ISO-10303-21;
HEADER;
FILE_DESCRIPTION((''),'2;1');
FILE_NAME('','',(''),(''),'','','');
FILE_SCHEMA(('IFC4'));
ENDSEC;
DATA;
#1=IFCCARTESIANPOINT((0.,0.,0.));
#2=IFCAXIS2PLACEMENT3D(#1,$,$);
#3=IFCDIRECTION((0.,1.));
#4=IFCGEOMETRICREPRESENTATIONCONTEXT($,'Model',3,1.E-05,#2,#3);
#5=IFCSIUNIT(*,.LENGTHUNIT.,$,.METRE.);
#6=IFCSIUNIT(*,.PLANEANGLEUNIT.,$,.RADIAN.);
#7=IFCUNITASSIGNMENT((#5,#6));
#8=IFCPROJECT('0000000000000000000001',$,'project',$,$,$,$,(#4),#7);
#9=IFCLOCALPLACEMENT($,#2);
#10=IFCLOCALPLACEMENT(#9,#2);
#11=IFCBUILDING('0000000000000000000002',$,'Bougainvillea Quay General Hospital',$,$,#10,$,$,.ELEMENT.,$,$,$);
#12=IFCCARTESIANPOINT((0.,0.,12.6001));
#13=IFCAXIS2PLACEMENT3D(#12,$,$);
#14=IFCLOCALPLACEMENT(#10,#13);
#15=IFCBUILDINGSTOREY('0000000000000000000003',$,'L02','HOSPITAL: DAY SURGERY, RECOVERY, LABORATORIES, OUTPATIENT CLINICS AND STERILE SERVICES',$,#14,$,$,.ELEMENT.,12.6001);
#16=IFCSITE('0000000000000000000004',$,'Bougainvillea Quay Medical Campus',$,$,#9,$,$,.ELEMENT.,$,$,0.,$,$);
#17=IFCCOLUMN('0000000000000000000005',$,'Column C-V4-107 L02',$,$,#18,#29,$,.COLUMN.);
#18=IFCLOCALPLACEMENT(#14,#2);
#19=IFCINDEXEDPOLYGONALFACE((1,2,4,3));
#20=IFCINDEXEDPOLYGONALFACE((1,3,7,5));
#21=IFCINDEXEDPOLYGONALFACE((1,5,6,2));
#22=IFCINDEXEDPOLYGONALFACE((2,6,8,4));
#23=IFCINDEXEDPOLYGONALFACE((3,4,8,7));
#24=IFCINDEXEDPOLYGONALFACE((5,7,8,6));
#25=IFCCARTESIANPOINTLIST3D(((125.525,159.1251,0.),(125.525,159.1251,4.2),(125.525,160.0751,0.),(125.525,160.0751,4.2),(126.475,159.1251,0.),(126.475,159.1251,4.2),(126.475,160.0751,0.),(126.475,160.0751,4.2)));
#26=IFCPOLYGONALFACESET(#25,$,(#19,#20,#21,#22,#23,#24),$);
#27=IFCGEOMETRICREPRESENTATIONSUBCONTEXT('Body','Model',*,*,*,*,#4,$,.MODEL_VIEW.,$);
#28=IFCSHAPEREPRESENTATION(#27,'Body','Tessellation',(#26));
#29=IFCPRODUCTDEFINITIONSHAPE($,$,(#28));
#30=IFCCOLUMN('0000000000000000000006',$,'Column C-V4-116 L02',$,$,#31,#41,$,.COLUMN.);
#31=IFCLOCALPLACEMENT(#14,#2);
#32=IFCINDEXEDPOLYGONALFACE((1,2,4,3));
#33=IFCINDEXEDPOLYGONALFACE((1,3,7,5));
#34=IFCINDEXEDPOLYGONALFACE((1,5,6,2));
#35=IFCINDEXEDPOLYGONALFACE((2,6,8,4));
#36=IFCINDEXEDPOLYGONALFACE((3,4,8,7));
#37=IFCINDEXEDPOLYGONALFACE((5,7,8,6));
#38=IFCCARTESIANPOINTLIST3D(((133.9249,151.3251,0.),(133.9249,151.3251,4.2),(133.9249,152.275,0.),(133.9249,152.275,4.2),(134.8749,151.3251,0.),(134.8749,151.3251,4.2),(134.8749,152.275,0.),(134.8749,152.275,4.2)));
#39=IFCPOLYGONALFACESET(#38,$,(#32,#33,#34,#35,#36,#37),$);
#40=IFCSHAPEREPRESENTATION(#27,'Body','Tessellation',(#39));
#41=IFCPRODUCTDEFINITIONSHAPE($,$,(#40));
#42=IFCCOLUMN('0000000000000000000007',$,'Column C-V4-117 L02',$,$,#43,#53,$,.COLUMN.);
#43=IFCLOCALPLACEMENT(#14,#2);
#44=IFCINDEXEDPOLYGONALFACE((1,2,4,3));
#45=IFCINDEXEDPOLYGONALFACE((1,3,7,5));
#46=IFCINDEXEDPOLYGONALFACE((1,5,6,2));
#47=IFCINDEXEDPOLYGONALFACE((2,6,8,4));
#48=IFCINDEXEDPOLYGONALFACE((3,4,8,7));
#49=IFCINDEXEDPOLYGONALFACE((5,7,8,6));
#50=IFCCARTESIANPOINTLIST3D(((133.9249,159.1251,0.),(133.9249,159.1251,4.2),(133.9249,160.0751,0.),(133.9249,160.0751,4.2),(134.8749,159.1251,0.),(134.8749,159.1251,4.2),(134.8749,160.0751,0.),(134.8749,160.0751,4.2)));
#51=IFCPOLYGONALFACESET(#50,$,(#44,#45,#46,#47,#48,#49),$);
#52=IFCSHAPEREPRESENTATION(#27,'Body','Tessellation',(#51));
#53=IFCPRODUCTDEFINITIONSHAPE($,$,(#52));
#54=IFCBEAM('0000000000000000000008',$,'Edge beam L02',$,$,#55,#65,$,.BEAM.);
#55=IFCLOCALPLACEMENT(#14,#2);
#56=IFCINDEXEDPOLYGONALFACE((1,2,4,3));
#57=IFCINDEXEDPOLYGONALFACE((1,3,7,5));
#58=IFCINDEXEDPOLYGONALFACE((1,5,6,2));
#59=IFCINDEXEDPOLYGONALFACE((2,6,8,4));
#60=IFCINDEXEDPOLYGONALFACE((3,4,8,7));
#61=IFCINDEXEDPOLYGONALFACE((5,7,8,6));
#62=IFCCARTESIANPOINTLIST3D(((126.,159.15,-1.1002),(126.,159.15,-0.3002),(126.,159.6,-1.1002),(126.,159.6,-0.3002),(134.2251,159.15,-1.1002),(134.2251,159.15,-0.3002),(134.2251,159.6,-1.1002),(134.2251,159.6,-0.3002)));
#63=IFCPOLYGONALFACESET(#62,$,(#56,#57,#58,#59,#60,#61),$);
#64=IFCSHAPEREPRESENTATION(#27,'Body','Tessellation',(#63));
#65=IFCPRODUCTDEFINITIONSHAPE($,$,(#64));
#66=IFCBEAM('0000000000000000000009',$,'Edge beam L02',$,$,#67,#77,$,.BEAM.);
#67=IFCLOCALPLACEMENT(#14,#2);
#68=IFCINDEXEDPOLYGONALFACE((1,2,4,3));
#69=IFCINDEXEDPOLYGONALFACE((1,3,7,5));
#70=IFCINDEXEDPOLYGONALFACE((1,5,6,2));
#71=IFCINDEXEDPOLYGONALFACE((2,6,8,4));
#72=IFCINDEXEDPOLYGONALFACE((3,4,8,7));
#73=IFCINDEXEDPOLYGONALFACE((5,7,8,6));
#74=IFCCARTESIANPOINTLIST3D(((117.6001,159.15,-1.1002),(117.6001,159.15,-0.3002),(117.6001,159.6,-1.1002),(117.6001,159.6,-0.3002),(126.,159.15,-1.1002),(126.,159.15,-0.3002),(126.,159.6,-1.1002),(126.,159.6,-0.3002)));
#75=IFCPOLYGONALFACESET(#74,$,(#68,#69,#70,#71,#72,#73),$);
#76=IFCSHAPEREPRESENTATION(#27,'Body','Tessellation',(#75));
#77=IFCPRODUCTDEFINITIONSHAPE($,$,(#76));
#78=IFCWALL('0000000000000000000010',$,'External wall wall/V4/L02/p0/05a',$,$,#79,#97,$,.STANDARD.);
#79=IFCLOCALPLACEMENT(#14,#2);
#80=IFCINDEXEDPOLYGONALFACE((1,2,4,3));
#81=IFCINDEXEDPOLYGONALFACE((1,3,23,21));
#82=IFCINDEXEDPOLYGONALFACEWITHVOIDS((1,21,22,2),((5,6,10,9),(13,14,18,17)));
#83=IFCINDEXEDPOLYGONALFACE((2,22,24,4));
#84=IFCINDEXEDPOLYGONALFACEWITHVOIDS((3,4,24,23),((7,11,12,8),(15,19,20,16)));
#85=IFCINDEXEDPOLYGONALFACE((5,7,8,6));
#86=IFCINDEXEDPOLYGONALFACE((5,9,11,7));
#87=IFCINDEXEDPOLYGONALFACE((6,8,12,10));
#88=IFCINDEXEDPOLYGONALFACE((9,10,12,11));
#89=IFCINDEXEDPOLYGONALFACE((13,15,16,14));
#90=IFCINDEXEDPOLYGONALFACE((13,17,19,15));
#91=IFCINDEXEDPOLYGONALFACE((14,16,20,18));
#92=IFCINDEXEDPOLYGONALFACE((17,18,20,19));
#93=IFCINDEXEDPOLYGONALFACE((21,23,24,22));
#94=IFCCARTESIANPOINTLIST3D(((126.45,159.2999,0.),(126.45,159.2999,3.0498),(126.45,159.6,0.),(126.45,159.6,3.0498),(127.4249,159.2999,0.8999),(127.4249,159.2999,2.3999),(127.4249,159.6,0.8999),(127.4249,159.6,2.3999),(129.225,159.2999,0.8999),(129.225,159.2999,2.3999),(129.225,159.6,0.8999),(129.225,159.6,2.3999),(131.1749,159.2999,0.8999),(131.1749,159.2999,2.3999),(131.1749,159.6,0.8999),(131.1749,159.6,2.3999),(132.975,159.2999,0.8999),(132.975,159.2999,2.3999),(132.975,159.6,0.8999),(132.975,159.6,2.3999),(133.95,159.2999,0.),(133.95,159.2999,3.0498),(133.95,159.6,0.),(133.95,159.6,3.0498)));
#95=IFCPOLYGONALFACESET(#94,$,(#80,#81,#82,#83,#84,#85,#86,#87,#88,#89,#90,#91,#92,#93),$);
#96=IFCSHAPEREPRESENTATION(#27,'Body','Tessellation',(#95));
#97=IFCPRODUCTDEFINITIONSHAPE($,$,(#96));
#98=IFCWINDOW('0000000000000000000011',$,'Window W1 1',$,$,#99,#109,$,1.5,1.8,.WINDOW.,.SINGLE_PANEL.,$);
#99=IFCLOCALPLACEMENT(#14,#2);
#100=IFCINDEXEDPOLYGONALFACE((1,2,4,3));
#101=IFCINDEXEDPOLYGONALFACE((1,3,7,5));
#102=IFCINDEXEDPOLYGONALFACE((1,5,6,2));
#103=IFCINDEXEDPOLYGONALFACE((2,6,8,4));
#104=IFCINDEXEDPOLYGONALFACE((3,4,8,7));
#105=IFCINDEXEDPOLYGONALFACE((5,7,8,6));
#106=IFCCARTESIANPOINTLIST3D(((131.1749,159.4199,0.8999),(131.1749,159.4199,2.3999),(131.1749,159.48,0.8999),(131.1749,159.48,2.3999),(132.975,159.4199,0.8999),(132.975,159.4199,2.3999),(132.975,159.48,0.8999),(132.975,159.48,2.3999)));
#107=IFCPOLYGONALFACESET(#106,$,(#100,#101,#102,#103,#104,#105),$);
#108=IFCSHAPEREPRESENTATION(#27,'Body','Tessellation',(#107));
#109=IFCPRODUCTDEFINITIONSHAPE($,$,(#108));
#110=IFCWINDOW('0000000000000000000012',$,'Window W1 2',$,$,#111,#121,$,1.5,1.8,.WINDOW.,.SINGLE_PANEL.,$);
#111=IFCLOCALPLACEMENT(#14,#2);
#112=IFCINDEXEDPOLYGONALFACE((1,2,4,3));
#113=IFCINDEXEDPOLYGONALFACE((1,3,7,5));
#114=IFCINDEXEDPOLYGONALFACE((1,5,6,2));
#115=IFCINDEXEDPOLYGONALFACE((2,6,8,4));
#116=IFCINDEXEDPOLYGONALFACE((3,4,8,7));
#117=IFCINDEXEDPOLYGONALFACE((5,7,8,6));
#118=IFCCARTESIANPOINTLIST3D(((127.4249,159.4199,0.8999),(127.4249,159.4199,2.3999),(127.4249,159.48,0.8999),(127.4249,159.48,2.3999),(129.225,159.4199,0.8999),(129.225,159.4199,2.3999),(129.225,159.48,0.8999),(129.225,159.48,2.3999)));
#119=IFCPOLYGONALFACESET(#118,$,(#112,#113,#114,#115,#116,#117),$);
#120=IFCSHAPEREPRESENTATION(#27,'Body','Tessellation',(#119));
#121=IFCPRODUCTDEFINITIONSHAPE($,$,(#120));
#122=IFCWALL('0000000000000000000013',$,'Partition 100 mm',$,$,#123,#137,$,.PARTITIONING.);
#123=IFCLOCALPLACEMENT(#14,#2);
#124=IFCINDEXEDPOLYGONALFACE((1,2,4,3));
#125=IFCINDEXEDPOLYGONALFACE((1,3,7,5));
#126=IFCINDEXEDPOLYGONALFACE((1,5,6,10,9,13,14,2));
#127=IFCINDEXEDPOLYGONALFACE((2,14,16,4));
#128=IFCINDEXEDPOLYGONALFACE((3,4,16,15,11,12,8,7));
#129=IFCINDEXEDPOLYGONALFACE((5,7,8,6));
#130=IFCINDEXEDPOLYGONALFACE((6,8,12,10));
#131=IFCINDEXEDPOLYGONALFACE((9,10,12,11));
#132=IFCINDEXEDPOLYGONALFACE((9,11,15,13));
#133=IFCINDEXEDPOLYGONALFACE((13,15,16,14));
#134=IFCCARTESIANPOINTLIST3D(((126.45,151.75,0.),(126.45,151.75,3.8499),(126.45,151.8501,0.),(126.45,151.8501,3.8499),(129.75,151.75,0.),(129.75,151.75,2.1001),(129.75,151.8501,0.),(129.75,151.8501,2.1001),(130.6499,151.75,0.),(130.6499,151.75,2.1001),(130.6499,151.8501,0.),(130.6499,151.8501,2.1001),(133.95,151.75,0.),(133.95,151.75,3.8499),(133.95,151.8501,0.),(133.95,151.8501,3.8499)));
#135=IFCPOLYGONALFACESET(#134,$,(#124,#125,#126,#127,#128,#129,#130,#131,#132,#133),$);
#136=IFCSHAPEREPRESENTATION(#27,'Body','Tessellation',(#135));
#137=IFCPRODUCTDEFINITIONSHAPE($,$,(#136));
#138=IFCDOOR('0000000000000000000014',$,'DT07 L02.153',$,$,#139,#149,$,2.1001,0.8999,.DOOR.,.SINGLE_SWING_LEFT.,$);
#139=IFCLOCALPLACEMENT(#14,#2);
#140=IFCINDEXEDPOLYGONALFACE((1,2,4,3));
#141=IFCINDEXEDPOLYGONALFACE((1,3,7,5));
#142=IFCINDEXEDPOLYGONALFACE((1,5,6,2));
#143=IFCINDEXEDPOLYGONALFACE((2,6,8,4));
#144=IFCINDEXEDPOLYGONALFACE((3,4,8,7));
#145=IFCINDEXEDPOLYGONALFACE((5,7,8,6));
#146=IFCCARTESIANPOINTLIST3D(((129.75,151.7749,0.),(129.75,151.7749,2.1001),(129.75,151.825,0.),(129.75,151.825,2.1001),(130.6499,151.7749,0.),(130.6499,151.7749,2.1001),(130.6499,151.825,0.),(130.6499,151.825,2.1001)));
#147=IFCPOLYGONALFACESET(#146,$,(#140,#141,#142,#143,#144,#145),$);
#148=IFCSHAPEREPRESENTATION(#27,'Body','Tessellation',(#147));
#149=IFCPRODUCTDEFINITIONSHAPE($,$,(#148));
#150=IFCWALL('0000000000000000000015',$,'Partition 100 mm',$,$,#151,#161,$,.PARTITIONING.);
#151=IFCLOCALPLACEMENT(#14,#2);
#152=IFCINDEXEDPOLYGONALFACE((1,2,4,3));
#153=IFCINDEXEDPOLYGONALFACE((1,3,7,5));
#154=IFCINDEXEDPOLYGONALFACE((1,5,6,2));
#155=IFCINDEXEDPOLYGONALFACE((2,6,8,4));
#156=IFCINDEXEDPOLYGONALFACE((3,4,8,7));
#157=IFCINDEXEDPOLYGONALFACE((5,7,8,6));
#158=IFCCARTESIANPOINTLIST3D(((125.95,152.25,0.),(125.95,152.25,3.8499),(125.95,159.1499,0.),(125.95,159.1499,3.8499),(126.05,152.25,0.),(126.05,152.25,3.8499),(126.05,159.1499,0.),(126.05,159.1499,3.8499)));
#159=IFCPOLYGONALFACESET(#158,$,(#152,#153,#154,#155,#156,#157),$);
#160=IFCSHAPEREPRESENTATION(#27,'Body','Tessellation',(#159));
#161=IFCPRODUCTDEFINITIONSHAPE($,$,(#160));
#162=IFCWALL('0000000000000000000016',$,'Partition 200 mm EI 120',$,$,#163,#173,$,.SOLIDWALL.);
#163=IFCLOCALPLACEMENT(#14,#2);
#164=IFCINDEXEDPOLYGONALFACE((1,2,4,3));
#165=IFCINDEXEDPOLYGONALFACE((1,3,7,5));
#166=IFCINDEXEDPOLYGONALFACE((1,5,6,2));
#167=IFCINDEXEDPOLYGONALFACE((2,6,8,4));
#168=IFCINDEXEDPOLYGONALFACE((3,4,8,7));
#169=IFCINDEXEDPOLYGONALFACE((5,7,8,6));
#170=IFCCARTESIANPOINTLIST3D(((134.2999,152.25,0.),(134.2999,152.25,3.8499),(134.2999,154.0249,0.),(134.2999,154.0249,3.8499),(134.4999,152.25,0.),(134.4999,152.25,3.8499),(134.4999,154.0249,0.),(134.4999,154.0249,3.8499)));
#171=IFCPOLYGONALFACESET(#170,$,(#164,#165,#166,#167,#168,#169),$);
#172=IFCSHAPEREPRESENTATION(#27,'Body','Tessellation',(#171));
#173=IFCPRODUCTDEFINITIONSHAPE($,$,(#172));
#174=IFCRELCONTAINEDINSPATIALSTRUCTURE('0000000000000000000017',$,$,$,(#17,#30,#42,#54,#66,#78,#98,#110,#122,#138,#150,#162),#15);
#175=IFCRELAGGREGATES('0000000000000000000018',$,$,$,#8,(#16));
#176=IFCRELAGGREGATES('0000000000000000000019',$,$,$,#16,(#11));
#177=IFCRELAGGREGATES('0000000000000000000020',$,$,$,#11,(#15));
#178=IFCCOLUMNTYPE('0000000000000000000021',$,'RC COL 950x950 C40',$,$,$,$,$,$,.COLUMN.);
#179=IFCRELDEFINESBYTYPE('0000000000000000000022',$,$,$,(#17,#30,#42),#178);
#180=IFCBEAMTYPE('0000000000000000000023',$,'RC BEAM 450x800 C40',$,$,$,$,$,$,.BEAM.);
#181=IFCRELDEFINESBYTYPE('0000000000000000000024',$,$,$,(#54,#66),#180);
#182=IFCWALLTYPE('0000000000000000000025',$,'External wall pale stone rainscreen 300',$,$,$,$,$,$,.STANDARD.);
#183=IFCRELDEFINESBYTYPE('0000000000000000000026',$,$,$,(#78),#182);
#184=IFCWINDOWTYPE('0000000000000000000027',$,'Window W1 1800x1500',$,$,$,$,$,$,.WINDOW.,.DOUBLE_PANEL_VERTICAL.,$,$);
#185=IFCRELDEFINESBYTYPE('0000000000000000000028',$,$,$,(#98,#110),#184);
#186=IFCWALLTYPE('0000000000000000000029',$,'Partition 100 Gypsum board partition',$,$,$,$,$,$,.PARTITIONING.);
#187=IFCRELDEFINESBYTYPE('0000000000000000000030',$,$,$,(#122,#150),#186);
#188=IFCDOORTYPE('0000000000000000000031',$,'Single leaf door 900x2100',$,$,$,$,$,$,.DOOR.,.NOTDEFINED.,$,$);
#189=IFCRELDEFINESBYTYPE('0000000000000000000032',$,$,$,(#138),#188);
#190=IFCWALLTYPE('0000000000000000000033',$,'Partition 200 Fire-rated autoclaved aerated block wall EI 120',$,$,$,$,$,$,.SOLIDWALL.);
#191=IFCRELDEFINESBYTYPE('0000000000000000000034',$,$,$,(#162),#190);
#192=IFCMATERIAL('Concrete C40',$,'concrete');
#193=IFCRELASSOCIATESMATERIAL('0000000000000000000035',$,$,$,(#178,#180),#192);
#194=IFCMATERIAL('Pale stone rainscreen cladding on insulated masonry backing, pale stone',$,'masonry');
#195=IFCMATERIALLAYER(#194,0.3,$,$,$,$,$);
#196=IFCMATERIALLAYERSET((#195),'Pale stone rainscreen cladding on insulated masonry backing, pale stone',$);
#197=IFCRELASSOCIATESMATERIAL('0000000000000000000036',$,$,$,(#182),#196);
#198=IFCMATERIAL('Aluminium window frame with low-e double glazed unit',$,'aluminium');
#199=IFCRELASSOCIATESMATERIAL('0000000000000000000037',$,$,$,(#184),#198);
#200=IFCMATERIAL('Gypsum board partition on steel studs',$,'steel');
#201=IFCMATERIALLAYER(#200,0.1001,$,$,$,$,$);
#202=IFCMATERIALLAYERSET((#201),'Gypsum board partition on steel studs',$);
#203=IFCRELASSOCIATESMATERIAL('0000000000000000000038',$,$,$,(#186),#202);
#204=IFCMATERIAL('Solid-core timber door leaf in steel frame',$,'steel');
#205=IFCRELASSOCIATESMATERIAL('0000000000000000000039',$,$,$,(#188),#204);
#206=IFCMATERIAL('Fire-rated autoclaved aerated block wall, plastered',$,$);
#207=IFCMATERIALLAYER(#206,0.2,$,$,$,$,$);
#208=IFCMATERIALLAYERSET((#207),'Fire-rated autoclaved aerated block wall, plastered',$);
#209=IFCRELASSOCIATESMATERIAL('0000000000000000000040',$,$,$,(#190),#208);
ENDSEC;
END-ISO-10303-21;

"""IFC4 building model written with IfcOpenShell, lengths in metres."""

from ifc_helpers import new_model, si_unit, direction, frame, frame_2d, origin, origin_2d, place, context, subcontext, project, spatial, rectangle, extrude, material, layer, layer_set, material_profile, profile_set, type_object, element, fill, save


model = new_model("IFC4")

# Units and contexts
model_context = context("Model", 3, precision=1e-05, world=origin(), true_north=direction((0.0, 1.0)))
body_context = subcontext(model_context, "Body", "Model", "MODEL_VIEW")
ifc_project = project(units=[si_unit("LENGTHUNIT", "METRE"), si_unit("PLANEANGLEUNIT", "RADIAN")], contexts=[model_context])

# Site, building, storey
site_placement = place(None, origin())
site = spatial("IfcSite", under=ifc_project, at=site_placement, Name="Bougainvillea Quay Medical Campus", CompositionType="ELEMENT", RefElevation=0.0)
building_placement = place(site_placement, origin())
building = spatial("IfcBuilding", under=site, at=building_placement, Name="Bougainvillea Quay General Hospital", CompositionType="ELEMENT")
storey_placement = place(building_placement, frame((0.0, 0.0, 12.6001)))
storey = spatial("IfcBuildingStorey", under=building, at=storey_placement, Name="L02", Description="HOSPITAL: DAY SURGERY, RECOVERY, LABORATORIES, OUTPATIENT CLINICS AND STERILE SERVICES", CompositionType="ELEMENT", Elevation=12.6001)

# Columns
ifc_material_1 = material(Name="Concrete C40", Category="concrete")
ifc_material_profile_1 = material_profile(ifc_material_1, rectangle(XDim=0.95, YDim=0.95, at=origin_2d()))
ifc_profile_set_1 = profile_set([ifc_material_profile_1], Name="Concrete C40")
column_type = type_object("IfcColumnType", Name="RC COL 950x950 C40", PredefinedType="COLUMN", material=ifc_profile_set_1)
for number, where, z_axis, x_axis, name in (
    (1, (126.0, 159.6001, 0.0), (0.0, 0.0, 1.0), (1.0, 0.0, 0.0), "Column C-V4-107 L02"),
    (2, (134.3999, 151.8, 0.0), (0.0, 0.0, 1.0), (1.0, 0.0, 0.0), "Column C-V4-116 L02"),
    (3, (134.3999, 159.6001, 0.0), (0.0, 0.0, 1.0), (1.0, 0.0, 0.0), "Column C-V4-117 L02"),
):
    element("IfcColumn", number, at=place(storey_placement, frame(where, z_axis=z_axis, x_axis=x_axis)), inside=storey, type_object=column_type, Name=name, PredefinedType="COLUMN", context=body_context, shape_type="SweptSolid", body=[
        extrude(rectangle(XDim=0.95, YDim=0.95, at=origin_2d()), origin(), (0.0, 0.0, 1.0), 4.2),
    ])

# Beams
ifc_material_profile_2 = material_profile(ifc_material_1, rectangle(XDim=0.45, YDim=0.8, at=origin_2d()))
ifc_profile_set_2 = profile_set([ifc_material_profile_2], Name="Concrete C40")
beam_type = type_object("IfcBeamType", Name="RC BEAM 450x800 C40", PredefinedType="BEAM", material=ifc_profile_set_2)
beam_1_placement = place(storey_placement, frame((134.2251, 159.375, -0.7002), z_axis=(-1.0, 0.0, 0.0), x_axis=(0.0, -1.0, 0.0)))
element("IfcBeam", 4, at=beam_1_placement, inside=storey, type_object=beam_type, Name="Edge beam L02", PredefinedType="BEAM", context=body_context, shape_type="SweptSolid", body=[
    extrude(rectangle(XDim=0.45, YDim=0.8, at=origin_2d()), origin(), (0.0, 0.0, 1.0), 8.2251),
])
beam_2_placement = place(storey_placement, frame((126.0, 159.375, -0.7002), z_axis=(-1.0, 0.0, 0.0), x_axis=(0.0, -1.0, 0.0)))
element("IfcBeam", 5, at=beam_2_placement, inside=storey, type_object=beam_type, Name="Edge beam L02", PredefinedType="BEAM", context=body_context, shape_type="SweptSolid", body=[
    extrude(rectangle(XDim=0.45, YDim=0.8, at=origin_2d()), origin(), (0.0, 0.0, 1.0), 8.3999),
])

# Wall, openings, windows
ifc_material_2 = material(Name="Pale stone rainscreen cladding on insulated masonry backing, pale stone", Category="masonry")
ifc_layer_1 = layer(ifc_material_2, 0.3)
ifc_layer_set_1 = layer_set([ifc_layer_1], Name="Pale stone rainscreen cladding on insulated masonry backing, pale stone")
wall_type_1 = type_object("IfcWallType", Name="External wall pale stone rainscreen 300", PredefinedType="STANDARD", material=ifc_layer_set_1)
wall_1_placement = place(storey_placement, frame((133.95, 159.45, 0.0), z_axis=(0.0, 0.0, 1.0), x_axis=(-1.0, 0.0, 0.0)))
wall_1 = element("IfcWall", 6, at=wall_1_placement, inside=storey, type_object=wall_type_1, Name="External wall wall/V4/L02/p0/05a", PredefinedType="STANDARD", context=body_context, shape_type="SweptSolid", body=[
    extrude(rectangle(XDim=7.5, YDim=0.3, at=frame_2d((3.75, 0.0))), origin(), (0.0, 0.0, 1.0), 3.0498),
])
opening_1_placement = place(wall_1_placement, frame((0.9751, 0.0, 0.8999)))
opening_1 = element("IfcOpeningElement", 7, at=opening_1_placement, cuts=wall_1, PredefinedType="OPENING", context=body_context, shape_type="SweptSolid", body=[
    extrude(rectangle(XDim=1.8, YDim=1.5, at=frame_2d((0.8999, 0.75))), frame((0.0, 0.1599, 0.0), z_axis=(0.0, -1.0, 0.0), x_axis=(1.0, 0.0, 0.0)), (0.0, 0.0, 1.0), 0.3201),
])
opening_2_placement = place(wall_1_placement, frame((4.7251, 0.0, 0.8999)))
opening_2 = element("IfcOpeningElement", 8, at=opening_2_placement, cuts=wall_1, PredefinedType="OPENING", context=body_context, shape_type="SweptSolid", body=[
    extrude(rectangle(XDim=1.8, YDim=1.5, at=frame_2d((0.8999, 0.75))), frame((0.0, 0.1599, 0.0), z_axis=(0.0, -1.0, 0.0), x_axis=(1.0, 0.0, 0.0)), (0.0, 0.0, 1.0), 0.3201),
])
ifc_material_3 = material(Name="Aluminium window frame with low-e double glazed unit", Category="aluminium")
window_type = type_object("IfcWindowType", Name="Window W1 1800x1500", PartitioningType="DOUBLE_PANEL_VERTICAL", PredefinedType="WINDOW", material=ifc_material_3)
window_1_placement = place(opening_1_placement, origin())
window_1 = element("IfcWindow", 9, at=window_1_placement, inside=storey, type_object=window_type, Name="Window W1 1", OverallHeight=1.5, OverallWidth=1.8, PartitioningType="SINGLE_PANEL", PredefinedType="WINDOW", context=body_context, shape_type="SweptSolid", body=[
    extrude(rectangle(XDim=1.8, YDim=1.5, at=frame_2d((0.8999, 0.75))), frame((0.0, 0.03, 0.0), z_axis=(0.0, -1.0, 0.0), x_axis=(1.0, 0.0, 0.0)), (0.0, 0.0, 1.0), 0.0601),
])
fill(opening_1, window_1)
window_2_placement = place(opening_2_placement, origin())
window_2 = element("IfcWindow", 10, at=window_2_placement, inside=storey, type_object=window_type, Name="Window W1 2", OverallHeight=1.5, OverallWidth=1.8, PartitioningType="SINGLE_PANEL", PredefinedType="WINDOW", context=body_context, shape_type="SweptSolid", body=[
    extrude(rectangle(XDim=1.8, YDim=1.5, at=frame_2d((0.8999, 0.75))), frame((0.0, 0.03, 0.0), z_axis=(0.0, -1.0, 0.0), x_axis=(1.0, 0.0, 0.0)), (0.0, 0.0, 1.0), 0.0601),
])
fill(opening_2, window_2)

# Wall, opening, door
ifc_material_4 = material(Name="Gypsum board partition on steel studs", Category="steel")
ifc_layer_2 = layer(ifc_material_4, 0.1001)
ifc_layer_set_2 = layer_set([ifc_layer_2], Name="Gypsum board partition on steel studs")
wall_type_2 = type_object("IfcWallType", Name="Partition 100 Gypsum board partition", PredefinedType="PARTITIONING", material=ifc_layer_set_2)
wall_2_placement = place(storey_placement, frame((133.95, 151.8, 0.0), z_axis=(0.0, 0.0, 1.0), x_axis=(-1.0, 0.0, 0.0)))
wall_2 = element("IfcWall", 11, at=wall_2_placement, inside=storey, type_object=wall_type_2, Name="Partition 100 mm", PredefinedType="PARTITIONING", context=body_context, shape_type="SweptSolid", body=[
    extrude(rectangle(XDim=7.5, YDim=0.1001, at=frame_2d((3.75, 0.0))), origin(), (0.0, 0.0, 1.0), 3.8499),
])
opening_3_placement = place(wall_2_placement, frame((3.3, 0.0, 0.0)))
opening_3 = element("IfcOpeningElement", 12, at=opening_3_placement, cuts=wall_2, PredefinedType="OPENING", context=body_context, shape_type="SweptSolid", body=[
    extrude(rectangle(XDim=0.8999, YDim=2.1001, at=frame_2d((0.45, 1.05))), frame((0.0, 0.0601, 0.0), z_axis=(0.0, -1.0, 0.0), x_axis=(1.0, 0.0, 0.0)), (0.0, 0.0, 1.0), 0.1201),
])
ifc_material_5 = material(Name="Solid-core timber door leaf in steel frame", Category="steel")
door_type_1 = type_object("IfcDoorType", Name="Single leaf door 900x2100", OperationType="NOTDEFINED", PredefinedType="DOOR", material=ifc_material_5)
door_1_placement = place(opening_3_placement, frame((0.8999, 0.0, 0.0), z_axis=(0.0, 0.0, 1.0), x_axis=(-1.0, 0.0, 0.0)))
door_1 = element("IfcDoor", 13, at=door_1_placement, inside=storey, type_object=door_type_1, Name="DT07 L02.153", OperationType="SINGLE_SWING_LEFT", OverallHeight=2.1001, OverallWidth=0.8999, PredefinedType="DOOR", context=body_context, shape_type="SweptSolid", body=[
    extrude(rectangle(XDim=0.8999, YDim=2.1001, at=frame_2d((0.45, 1.05))), frame((0.0, 0.0249, 0.0), z_axis=(0.0, -1.0, 0.0), x_axis=(1.0, 0.0, 0.0)), (0.0, 0.0, 1.0), 0.05),
])
fill(opening_3, door_1)

# Walls
wall_3_placement = place(storey_placement, frame((126.0, 152.25, 0.0), z_axis=(0.0, 0.0, 1.0), x_axis=(0.0, 1.0, 0.0)))
element("IfcWall", 14, at=wall_3_placement, inside=storey, type_object=wall_type_2, Name="Partition 100 mm", PredefinedType="PARTITIONING", context=body_context, shape_type="SweptSolid", body=[
    extrude(rectangle(XDim=6.8999, YDim=0.1001, at=frame_2d((3.45, 0.0))), origin(), (0.0, 0.0, 1.0), 3.8499),
])
ifc_material_6 = material(Name="Fire-rated autoclaved aerated block wall, plastered")
ifc_layer_3 = layer(ifc_material_6, 0.2)
ifc_layer_set_3 = layer_set([ifc_layer_3], Name="Fire-rated autoclaved aerated block wall, plastered")
wall_type_3 = type_object("IfcWallType", Name="Partition 200 Fire-rated autoclaved aerated block wall EI 120", PredefinedType="SOLIDWALL", material=ifc_layer_set_3)
wall_4_placement = place(storey_placement, frame((134.3999, 152.25, 0.0), z_axis=(0.0, 0.0, 1.0), x_axis=(0.0, 1.0, 0.0)))
element("IfcWall", 15, at=wall_4_placement, inside=storey, type_object=wall_type_3, Name="Partition 200 mm EI 120", PredefinedType="SOLIDWALL", context=body_context, shape_type="SweptSolid", body=[
    extrude(rectangle(XDim=1.7749, YDim=0.2, at=frame_2d((0.8875, 0.0))), origin(), (0.0, 0.0, 1.0), 3.8499),
])

save(model, "model.ifc")
